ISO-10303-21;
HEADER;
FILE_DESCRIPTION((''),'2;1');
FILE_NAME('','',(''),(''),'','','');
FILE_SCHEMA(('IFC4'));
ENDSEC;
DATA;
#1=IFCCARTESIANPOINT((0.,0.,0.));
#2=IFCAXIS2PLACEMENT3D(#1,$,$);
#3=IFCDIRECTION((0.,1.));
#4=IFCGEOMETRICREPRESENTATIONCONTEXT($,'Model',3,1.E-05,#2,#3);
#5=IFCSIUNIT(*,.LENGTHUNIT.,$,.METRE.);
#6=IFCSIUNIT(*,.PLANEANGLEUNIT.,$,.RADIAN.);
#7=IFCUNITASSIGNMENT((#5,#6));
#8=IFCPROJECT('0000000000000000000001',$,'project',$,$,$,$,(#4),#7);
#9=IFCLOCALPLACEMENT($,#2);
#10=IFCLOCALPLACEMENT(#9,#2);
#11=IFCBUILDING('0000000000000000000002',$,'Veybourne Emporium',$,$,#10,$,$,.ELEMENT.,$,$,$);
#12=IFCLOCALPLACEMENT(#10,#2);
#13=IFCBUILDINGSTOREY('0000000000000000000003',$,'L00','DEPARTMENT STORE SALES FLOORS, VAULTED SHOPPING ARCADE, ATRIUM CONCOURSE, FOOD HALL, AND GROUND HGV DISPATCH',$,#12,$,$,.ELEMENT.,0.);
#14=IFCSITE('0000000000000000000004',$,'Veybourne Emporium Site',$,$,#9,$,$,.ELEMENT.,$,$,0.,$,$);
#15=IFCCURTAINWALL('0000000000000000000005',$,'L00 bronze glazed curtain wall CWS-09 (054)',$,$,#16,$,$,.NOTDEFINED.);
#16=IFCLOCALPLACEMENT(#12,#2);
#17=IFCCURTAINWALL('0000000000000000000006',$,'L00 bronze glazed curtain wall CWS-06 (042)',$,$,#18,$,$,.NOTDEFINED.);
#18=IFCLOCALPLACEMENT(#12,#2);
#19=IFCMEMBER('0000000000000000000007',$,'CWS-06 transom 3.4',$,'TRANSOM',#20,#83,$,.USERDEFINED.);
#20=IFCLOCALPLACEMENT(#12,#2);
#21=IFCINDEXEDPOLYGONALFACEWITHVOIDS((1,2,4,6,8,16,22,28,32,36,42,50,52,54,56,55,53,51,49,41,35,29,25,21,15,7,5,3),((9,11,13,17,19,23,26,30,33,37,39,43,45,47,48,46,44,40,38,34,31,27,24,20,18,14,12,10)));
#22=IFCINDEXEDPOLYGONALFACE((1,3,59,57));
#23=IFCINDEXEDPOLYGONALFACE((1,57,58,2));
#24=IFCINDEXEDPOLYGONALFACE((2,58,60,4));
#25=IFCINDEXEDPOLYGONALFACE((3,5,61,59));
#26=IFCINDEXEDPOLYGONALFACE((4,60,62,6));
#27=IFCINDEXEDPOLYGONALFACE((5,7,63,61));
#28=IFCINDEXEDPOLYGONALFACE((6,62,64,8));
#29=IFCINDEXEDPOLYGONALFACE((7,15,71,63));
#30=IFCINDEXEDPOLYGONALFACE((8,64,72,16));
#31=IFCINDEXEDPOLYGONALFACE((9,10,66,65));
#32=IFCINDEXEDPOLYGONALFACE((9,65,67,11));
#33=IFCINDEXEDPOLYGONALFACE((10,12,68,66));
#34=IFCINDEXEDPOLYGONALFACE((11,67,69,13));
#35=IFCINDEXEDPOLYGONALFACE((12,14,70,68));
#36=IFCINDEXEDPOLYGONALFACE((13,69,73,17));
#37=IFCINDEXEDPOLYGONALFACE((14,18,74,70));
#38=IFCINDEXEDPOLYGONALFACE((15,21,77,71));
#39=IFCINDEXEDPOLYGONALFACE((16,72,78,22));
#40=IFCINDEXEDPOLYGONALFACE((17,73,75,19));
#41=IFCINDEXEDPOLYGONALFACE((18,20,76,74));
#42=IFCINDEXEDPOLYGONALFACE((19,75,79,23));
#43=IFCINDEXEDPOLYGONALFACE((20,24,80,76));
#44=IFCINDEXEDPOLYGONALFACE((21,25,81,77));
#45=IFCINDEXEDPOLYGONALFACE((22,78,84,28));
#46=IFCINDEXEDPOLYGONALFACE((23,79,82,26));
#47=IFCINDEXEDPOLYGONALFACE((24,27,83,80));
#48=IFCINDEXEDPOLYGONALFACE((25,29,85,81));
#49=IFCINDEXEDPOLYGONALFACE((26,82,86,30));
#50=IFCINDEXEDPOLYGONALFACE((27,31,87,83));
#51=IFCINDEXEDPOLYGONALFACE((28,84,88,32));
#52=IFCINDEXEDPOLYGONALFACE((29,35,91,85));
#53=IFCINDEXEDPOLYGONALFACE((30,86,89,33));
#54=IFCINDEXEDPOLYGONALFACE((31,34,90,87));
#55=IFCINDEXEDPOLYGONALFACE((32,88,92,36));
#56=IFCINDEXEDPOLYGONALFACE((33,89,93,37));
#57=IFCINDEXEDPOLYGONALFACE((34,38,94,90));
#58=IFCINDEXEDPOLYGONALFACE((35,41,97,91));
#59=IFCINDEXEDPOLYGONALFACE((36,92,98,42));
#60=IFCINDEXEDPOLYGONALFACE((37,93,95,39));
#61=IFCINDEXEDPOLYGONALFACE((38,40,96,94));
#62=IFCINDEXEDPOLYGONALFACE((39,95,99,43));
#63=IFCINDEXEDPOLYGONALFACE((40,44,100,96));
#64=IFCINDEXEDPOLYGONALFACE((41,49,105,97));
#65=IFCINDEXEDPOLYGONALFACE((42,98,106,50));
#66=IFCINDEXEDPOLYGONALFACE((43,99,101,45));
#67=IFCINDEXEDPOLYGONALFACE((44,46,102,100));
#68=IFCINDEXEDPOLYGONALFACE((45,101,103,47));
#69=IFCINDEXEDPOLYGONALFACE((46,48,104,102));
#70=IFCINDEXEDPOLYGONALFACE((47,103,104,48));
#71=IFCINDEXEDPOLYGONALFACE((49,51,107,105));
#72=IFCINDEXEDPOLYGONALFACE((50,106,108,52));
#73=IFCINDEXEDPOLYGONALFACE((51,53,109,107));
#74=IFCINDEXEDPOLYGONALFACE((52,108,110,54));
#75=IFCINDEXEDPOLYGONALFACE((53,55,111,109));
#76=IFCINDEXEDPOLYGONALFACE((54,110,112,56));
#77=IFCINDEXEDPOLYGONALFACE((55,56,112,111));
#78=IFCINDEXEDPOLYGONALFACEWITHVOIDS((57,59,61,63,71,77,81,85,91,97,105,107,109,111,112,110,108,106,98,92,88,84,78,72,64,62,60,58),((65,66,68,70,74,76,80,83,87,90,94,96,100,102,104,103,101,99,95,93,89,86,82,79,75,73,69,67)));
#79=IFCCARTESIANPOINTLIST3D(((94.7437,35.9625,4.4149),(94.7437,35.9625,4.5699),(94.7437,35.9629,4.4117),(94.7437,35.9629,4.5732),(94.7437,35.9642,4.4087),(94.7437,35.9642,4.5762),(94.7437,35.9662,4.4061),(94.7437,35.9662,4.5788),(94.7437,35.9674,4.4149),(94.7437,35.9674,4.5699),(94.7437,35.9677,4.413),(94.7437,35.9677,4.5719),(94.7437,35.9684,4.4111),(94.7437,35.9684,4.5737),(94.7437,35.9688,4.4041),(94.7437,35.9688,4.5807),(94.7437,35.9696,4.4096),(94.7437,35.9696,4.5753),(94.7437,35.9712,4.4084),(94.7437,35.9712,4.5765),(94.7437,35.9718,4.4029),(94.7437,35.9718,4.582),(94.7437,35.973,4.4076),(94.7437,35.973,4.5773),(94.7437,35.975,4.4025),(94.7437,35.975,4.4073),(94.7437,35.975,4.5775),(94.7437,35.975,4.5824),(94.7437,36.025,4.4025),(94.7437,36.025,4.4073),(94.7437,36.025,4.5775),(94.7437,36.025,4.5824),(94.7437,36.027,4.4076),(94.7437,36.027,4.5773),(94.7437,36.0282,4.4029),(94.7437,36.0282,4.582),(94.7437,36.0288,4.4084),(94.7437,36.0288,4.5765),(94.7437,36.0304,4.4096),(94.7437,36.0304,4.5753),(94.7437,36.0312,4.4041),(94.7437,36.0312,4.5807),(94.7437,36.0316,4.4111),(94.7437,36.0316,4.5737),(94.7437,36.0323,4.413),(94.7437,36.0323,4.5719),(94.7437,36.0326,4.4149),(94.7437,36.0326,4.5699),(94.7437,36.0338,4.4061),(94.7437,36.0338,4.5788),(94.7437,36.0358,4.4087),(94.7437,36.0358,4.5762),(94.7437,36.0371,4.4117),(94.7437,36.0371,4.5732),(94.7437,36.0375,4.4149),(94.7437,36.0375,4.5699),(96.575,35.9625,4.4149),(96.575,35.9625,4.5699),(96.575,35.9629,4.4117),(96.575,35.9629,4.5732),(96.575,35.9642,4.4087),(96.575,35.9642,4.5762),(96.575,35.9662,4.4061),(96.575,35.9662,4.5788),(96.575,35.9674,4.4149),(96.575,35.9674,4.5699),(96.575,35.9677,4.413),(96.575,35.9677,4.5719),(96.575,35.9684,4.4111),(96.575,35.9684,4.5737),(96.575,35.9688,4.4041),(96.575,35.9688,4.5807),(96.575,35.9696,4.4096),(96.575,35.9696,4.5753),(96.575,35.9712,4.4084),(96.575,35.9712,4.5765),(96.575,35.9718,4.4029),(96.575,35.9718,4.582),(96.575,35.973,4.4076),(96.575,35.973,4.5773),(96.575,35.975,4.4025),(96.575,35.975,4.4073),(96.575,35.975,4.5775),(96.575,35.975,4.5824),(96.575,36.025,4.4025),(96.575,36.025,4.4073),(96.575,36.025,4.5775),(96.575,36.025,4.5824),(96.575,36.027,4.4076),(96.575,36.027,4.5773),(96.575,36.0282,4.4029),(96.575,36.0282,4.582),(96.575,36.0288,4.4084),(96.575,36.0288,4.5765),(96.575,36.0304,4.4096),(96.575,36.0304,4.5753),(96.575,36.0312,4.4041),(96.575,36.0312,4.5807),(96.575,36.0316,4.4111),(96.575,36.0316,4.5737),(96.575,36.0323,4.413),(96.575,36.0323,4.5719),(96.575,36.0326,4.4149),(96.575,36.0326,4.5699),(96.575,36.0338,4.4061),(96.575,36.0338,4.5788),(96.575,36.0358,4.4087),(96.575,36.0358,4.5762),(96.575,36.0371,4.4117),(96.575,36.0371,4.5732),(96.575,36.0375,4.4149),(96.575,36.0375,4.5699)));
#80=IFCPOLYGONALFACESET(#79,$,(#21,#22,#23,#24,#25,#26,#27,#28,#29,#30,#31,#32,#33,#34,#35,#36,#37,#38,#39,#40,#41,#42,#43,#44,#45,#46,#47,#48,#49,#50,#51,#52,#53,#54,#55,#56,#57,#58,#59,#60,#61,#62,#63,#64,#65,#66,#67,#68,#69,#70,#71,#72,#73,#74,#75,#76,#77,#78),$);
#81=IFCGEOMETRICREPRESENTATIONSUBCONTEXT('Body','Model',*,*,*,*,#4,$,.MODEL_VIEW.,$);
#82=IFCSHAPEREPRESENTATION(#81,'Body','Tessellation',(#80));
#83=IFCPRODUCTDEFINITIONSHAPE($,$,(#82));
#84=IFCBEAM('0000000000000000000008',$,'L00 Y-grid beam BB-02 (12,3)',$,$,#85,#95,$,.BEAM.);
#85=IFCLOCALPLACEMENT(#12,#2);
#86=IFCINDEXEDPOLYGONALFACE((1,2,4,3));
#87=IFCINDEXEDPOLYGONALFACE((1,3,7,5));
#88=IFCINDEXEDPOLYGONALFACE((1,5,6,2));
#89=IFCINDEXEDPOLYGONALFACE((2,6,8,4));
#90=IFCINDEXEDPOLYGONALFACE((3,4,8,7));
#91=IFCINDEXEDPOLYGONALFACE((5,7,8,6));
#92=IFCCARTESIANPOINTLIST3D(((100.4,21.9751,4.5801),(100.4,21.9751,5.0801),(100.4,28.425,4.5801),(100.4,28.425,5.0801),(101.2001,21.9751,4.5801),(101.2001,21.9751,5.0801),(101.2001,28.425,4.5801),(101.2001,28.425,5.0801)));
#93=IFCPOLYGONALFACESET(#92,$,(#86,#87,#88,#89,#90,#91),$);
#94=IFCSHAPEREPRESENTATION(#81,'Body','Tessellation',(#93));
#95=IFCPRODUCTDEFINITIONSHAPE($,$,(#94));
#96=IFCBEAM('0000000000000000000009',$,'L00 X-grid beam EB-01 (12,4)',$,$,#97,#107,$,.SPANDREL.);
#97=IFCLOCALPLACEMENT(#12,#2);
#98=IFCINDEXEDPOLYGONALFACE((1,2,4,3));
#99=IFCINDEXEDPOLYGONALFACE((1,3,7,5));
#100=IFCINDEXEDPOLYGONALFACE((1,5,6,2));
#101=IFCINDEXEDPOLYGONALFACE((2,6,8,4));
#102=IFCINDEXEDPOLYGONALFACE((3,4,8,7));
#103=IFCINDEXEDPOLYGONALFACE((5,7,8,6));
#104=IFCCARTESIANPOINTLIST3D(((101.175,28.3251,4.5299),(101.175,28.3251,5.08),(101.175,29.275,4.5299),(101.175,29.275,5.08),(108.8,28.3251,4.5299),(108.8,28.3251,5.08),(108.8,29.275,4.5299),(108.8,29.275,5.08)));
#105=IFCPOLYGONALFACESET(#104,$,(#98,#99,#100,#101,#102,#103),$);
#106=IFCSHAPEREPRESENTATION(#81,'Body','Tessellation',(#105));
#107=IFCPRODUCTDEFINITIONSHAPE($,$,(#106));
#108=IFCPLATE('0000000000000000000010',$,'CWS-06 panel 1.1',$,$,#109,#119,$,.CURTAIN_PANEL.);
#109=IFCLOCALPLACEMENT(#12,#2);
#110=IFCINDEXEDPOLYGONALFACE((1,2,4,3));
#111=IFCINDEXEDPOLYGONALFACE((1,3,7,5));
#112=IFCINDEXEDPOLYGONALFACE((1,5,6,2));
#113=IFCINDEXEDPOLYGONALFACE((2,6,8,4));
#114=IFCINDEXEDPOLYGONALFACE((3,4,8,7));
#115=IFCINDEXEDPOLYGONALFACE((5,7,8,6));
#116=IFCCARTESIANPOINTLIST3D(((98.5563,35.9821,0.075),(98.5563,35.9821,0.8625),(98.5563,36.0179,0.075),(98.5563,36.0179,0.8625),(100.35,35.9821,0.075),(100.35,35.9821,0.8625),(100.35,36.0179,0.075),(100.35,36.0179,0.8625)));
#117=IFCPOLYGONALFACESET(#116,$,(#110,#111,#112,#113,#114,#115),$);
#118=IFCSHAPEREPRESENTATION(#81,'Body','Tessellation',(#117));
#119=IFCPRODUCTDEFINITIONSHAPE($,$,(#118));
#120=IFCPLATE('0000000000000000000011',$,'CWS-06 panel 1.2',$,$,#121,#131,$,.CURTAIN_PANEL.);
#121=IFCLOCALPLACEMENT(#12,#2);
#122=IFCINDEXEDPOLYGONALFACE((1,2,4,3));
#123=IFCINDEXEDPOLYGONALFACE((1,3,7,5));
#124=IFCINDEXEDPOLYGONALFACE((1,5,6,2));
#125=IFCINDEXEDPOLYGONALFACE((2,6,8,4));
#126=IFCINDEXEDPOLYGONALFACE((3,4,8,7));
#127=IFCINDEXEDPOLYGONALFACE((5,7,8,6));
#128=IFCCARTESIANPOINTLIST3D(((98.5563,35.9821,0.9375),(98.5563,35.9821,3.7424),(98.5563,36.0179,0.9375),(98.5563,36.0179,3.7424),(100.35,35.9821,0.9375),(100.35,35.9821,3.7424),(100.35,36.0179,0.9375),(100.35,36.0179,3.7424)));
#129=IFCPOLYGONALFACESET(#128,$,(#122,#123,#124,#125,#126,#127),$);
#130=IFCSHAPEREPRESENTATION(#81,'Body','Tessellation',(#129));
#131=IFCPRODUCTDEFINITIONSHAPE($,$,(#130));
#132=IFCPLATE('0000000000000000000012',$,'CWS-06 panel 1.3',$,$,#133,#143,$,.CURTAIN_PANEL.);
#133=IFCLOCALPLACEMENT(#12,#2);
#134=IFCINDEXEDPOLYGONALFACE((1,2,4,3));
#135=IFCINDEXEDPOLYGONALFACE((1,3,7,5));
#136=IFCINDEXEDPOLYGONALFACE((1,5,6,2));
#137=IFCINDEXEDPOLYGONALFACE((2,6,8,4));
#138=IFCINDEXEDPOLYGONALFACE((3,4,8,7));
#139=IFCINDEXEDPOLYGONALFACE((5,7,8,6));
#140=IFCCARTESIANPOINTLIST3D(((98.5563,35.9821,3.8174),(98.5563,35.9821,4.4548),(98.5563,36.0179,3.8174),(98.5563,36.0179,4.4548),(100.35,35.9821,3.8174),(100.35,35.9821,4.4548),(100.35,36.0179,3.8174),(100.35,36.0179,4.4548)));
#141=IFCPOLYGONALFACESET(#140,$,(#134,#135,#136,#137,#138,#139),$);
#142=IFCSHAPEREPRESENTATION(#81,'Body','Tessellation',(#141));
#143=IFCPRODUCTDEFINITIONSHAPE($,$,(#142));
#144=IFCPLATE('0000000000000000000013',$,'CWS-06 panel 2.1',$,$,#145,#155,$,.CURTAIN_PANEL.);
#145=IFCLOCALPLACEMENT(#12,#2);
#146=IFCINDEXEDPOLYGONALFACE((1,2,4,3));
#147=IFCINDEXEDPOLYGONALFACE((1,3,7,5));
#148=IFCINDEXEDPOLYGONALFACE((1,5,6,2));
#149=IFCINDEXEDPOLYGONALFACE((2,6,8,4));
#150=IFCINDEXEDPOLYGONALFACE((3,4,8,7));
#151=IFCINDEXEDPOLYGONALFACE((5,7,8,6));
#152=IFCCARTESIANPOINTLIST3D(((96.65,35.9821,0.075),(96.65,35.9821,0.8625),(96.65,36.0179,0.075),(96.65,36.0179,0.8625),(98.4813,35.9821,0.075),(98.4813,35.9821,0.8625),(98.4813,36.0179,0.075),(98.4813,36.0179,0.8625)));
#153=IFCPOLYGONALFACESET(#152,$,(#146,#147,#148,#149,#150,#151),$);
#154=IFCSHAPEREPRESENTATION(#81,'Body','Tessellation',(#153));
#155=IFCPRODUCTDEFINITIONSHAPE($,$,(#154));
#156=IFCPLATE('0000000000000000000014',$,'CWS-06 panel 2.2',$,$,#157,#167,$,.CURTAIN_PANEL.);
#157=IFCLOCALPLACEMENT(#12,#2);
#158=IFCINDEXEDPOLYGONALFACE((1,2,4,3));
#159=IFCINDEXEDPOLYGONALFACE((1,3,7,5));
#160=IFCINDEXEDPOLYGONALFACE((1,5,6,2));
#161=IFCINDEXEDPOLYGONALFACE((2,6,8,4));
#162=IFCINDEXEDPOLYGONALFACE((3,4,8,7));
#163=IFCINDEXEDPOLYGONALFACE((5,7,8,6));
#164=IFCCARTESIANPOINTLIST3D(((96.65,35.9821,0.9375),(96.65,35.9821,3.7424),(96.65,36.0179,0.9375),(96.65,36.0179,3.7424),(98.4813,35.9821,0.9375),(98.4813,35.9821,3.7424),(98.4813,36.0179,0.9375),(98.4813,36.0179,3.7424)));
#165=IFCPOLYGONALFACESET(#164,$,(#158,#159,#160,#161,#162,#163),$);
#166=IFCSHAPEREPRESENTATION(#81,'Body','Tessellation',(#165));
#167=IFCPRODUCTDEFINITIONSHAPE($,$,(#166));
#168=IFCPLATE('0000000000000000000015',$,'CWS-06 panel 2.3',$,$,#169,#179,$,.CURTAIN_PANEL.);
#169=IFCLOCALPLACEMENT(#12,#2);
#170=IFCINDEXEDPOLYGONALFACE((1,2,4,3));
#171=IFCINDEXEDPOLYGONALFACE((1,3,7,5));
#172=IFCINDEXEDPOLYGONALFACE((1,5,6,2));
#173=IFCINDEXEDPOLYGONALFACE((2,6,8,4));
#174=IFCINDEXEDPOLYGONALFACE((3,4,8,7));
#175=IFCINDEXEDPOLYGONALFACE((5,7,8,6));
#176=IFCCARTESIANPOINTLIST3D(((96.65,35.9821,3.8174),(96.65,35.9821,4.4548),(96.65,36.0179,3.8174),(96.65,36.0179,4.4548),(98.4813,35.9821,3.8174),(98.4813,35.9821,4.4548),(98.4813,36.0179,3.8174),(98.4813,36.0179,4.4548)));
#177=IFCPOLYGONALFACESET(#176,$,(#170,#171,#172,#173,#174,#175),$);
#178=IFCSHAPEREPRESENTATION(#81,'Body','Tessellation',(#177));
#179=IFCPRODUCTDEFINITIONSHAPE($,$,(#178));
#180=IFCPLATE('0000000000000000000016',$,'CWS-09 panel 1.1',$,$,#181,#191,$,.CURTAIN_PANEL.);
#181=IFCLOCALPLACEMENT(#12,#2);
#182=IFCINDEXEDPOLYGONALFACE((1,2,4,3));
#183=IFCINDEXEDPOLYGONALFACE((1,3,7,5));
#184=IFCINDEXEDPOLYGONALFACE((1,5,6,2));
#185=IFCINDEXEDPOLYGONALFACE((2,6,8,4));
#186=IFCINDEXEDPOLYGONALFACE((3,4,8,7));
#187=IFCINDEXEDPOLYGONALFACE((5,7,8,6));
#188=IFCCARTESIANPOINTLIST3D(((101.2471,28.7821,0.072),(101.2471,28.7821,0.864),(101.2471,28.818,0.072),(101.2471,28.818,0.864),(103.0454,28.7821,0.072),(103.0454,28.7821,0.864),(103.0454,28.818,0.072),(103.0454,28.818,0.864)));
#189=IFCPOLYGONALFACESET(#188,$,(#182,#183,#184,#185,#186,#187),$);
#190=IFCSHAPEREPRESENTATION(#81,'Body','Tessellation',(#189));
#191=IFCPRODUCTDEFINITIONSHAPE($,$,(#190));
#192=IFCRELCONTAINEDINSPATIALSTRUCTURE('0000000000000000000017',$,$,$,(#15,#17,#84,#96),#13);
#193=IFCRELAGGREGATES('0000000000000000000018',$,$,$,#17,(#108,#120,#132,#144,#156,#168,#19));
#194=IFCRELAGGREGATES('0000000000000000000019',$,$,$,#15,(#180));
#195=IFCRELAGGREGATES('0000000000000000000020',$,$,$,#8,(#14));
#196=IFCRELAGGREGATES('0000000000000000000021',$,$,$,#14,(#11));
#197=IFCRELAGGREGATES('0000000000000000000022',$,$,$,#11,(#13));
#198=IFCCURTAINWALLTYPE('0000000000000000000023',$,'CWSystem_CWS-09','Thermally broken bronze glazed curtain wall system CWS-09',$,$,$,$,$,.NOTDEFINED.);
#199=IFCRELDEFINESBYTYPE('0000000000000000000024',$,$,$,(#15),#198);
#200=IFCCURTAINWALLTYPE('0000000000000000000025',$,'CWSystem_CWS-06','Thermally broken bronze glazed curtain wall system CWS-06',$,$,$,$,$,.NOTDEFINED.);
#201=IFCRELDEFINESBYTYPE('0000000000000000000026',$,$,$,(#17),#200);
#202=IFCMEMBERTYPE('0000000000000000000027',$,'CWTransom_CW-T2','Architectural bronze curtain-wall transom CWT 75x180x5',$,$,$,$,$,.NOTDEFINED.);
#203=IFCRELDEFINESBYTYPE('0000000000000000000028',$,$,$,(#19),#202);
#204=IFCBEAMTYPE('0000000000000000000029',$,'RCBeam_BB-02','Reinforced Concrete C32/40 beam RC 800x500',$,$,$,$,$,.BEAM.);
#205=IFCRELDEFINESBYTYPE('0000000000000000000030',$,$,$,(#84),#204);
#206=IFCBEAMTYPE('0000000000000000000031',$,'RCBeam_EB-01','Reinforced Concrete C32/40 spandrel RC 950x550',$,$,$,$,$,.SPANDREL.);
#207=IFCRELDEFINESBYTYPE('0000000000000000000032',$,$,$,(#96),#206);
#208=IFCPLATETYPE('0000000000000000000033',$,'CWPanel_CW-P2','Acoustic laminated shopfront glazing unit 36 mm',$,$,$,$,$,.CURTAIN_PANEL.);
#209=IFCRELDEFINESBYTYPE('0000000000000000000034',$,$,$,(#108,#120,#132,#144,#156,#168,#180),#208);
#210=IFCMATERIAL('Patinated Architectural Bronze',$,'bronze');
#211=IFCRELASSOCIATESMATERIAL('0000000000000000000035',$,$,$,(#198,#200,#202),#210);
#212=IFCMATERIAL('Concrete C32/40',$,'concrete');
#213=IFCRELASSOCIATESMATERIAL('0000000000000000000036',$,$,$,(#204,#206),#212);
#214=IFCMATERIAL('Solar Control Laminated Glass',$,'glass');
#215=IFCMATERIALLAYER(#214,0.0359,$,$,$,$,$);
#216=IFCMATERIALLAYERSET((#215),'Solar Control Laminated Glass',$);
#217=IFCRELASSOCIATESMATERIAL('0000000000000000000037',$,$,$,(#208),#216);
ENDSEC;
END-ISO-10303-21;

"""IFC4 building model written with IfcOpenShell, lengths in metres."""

from ifc_helpers import new_model, si_unit, direction, frame, origin, origin_2d, place, context, subcontext, project, spatial, rectangle, hollow_rectangle, extrude, material, layer, layer_set, material_profile, profile_set, type_object, element, aggregate, save


model = new_model("IFC4")

# Units and contexts
model_context = context("Model", 3, precision=1e-05, world=origin(), true_north=direction((0.0, 1.0)))
body_context = subcontext(model_context, "Body", "Model", "MODEL_VIEW")
ifc_project = project(units=[si_unit("LENGTHUNIT", "METRE"), si_unit("PLANEANGLEUNIT", "RADIAN")], contexts=[model_context])

# Site, building, storey
site_placement = place(None, origin())
site = spatial("IfcSite", under=ifc_project, at=site_placement, Name="Veybourne Emporium Site", CompositionType="ELEMENT", RefElevation=0.0)
building_placement = place(site_placement, origin())
building = spatial("IfcBuilding", under=site, at=building_placement, Name="Veybourne Emporium", CompositionType="ELEMENT")
storey_placement = place(building_placement, origin())
storey = spatial("IfcBuildingStorey", under=building, at=storey_placement, Name="L00", Description="DEPARTMENT STORE SALES FLOORS, VAULTED SHOPPING ARCADE, ATRIUM CONCOURSE, FOOD HALL, AND GROUND HGV DISPATCH", CompositionType="ELEMENT", Elevation=0.0)

# Curtain walls
ifc_material_1 = material(Name="Patinated Architectural Bronze", Category="bronze")
curtain_wall_type_1 = type_object("IfcCurtainWallType", Name="CWSystem_CWS-09", Description="Thermally broken bronze glazed curtain wall system CWS-09", PredefinedType="NOTDEFINED", material=ifc_material_1)
curtain_wall_1_placement = place(storey_placement, origin())
curtain_wall_1 = element("IfcCurtainWall", 1, at=curtain_wall_1_placement, inside=storey, type_object=curtain_wall_type_1, Name="L00 bronze glazed curtain wall CWS-09 (054)", PredefinedType="NOTDEFINED")
curtain_wall_type_2 = type_object("IfcCurtainWallType", Name="CWSystem_CWS-06", Description="Thermally broken bronze glazed curtain wall system CWS-06", PredefinedType="NOTDEFINED", material=ifc_material_1)
curtain_wall_2_placement = place(storey_placement, origin())
curtain_wall_2 = element("IfcCurtainWall", 2, at=curtain_wall_2_placement, inside=storey, type_object=curtain_wall_type_2, Name="L00 bronze glazed curtain wall CWS-06 (042)", PredefinedType="NOTDEFINED")

# Member
ifc_material_profile_1 = material_profile(ifc_material_1, hollow_rectangle(XDim=0.075, YDim=0.1799, WallThickness=0.0049, InnerFilletRadius=0.0076, OuterFilletRadius=0.0125, at=origin_2d()), Name="CWT 75x180x5")
ifc_profile_set_1 = profile_set([ifc_material_profile_1], Name="Patinated Architectural Bronze")
member_type_1 = type_object("IfcMemberType", Name="CWTransom_CW-T2", Description="Architectural bronze curtain-wall transom CWT 75x180x5", PredefinedType="NOTDEFINED", material=ifc_profile_set_1)
member_1_placement = place(storey_placement, frame((96.575, 36.0, 4.4924), z_axis=(-1.0, 0.0, 0.0), x_axis=(0.0, -1.0, 0.0)))
member_1 = element("IfcMember", 3, at=member_1_placement, type_object=member_type_1, Name="CWS-06 transom 3.4", ObjectType="TRANSOM", PredefinedType="USERDEFINED", context=body_context, shape_type="SweptSolid", body=[
    extrude(hollow_rectangle(XDim=0.075, YDim=0.1799, WallThickness=0.0049, InnerFilletRadius=0.0076, OuterFilletRadius=0.0125, at=origin_2d()), origin(), (0.0, 0.0, 1.0), 1.8313),
])

# Beams
ifc_material_2 = material(Name="Concrete C32/40", Category="concrete")
ifc_material_profile_2 = material_profile(ifc_material_2, rectangle(XDim=0.8, YDim=0.5, at=origin_2d()), Name="RC 800x500")
ifc_profile_set_2 = profile_set([ifc_material_profile_2], Name="Concrete C32/40")
beam_type_1 = type_object("IfcBeamType", Name="RCBeam_BB-02", Description="Reinforced Concrete C32/40 beam RC 800x500", PredefinedType="BEAM", material=ifc_profile_set_2)
beam_1_placement = place(storey_placement, frame((100.8, 21.9751, 4.8301), z_axis=(0.0, 1.0, 0.0), x_axis=(-1.0, 0.0, 0.0)))
element("IfcBeam", 4, at=beam_1_placement, inside=storey, type_object=beam_type_1, Name="L00 Y-grid beam BB-02 (12,3)", PredefinedType="BEAM", context=body_context, shape_type="SweptSolid", body=[
    extrude(rectangle(XDim=0.8, YDim=0.5, at=origin_2d()), origin(), (0.0, 0.0, 1.0), 6.45),
])
ifc_material_profile_3 = material_profile(ifc_material_2, rectangle(XDim=0.95, YDim=0.55, at=origin_2d()), Name="RC 950x550")
ifc_profile_set_3 = profile_set([ifc_material_profile_3], Name="Concrete C32/40")
beam_type_2 = type_object("IfcBeamType", Name="RCBeam_EB-01", Description="Reinforced Concrete C32/40 spandrel RC 950x550", PredefinedType="SPANDREL", material=ifc_profile_set_3)
beam_2_placement = place(storey_placement, frame((101.175, 28.8, 4.8049), z_axis=(1.0, 0.0, 0.0), x_axis=(0.0, 1.0, 0.0)))
element("IfcBeam", 5, at=beam_2_placement, inside=storey, type_object=beam_type_2, Name="L00 X-grid beam EB-01 (12,4)", PredefinedType="SPANDREL", context=body_context, shape_type="SweptSolid", body=[
    extrude(rectangle(XDim=0.95, YDim=0.55, at=origin_2d()), origin(), (0.0, 0.0, 1.0), 7.625),
])

# Plates
ifc_material_3 = material(Name="Solar Control Laminated Glass", Category="glass")
ifc_layer_1 = layer(ifc_material_3, 0.0359)
ifc_layer_set_1 = layer_set([ifc_layer_1], Name="Solar Control Laminated Glass")
plate_type = type_object("IfcPlateType", Name="CWPanel_CW-P2", Description="Acoustic laminated shopfront glazing unit 36 mm", PredefinedType="CURTAIN_PANEL", material=ifc_layer_set_1)
plate_1_placement = place(storey_placement, frame((99.4531, 36.0, 0.075), z_axis=(0.0, 0.0, 1.0), x_axis=(-1.0, 0.0, 0.0)))
plate_1 = element("IfcPlate", 6, at=plate_1_placement, type_object=plate_type, Name="CWS-06 panel 1.1", PredefinedType="CURTAIN_PANEL", context=body_context, shape_type="SweptSolid", body=[
    extrude(rectangle(XDim=1.7937, YDim=0.0359, at=origin_2d()), origin(), (0.0, 0.0, 1.0), 0.7876),
])
plate_2_placement = place(storey_placement, frame((99.4531, 36.0, 0.9375), z_axis=(0.0, 0.0, 1.0), x_axis=(-1.0, 0.0, 0.0)))
plate_2 = element("IfcPlate", 7, at=plate_2_placement, type_object=plate_type, Name="CWS-06 panel 1.2", PredefinedType="CURTAIN_PANEL", context=body_context, shape_type="SweptSolid", body=[
    extrude(rectangle(XDim=1.7937, YDim=0.0359, at=origin_2d()), origin(), (0.0, 0.0, 1.0), 2.8049),
])
plate_3_placement = place(storey_placement, frame((99.4531, 36.0, 3.8174), z_axis=(0.0, 0.0, 1.0), x_axis=(-1.0, 0.0, 0.0)))
plate_3 = element("IfcPlate", 8, at=plate_3_placement, type_object=plate_type, Name="CWS-06 panel 1.3", PredefinedType="CURTAIN_PANEL", context=body_context, shape_type="SweptSolid", body=[
    extrude(rectangle(XDim=1.7937, YDim=0.0359, at=origin_2d()), origin(), (0.0, 0.0, 1.0), 0.6375),
])
plate_4_placement = place(storey_placement, frame((97.5657, 36.0, 0.075), z_axis=(0.0, 0.0, 1.0), x_axis=(-1.0, 0.0, 0.0)))
plate_4 = element("IfcPlate", 9, at=plate_4_placement, type_object=plate_type, Name="CWS-06 panel 2.1", PredefinedType="CURTAIN_PANEL", context=body_context, shape_type="SweptSolid", body=[
    extrude(rectangle(XDim=1.8313, YDim=0.0359, at=origin_2d()), origin(), (0.0, 0.0, 1.0), 0.7876),
])
plate_5_placement = place(storey_placement, frame((97.5657, 36.0, 0.9375), z_axis=(0.0, 0.0, 1.0), x_axis=(-1.0, 0.0, 0.0)))
plate_5 = element("IfcPlate", 10, at=plate_5_placement, type_object=plate_type, Name="CWS-06 panel 2.2", PredefinedType="CURTAIN_PANEL", context=body_context, shape_type="SweptSolid", body=[
    extrude(rectangle(XDim=1.8313, YDim=0.0359, at=origin_2d()), origin(), (0.0, 0.0, 1.0), 2.8049),
])
plate_6_placement = place(storey_placement, frame((97.5657, 36.0, 3.8174), z_axis=(0.0, 0.0, 1.0), x_axis=(-1.0, 0.0, 0.0)))
plate_6 = element("IfcPlate", 11, at=plate_6_placement, type_object=plate_type, Name="CWS-06 panel 2.3", PredefinedType="CURTAIN_PANEL", context=body_context, shape_type="SweptSolid", body=[
    extrude(rectangle(XDim=1.8313, YDim=0.0359, at=origin_2d()), origin(), (0.0, 0.0, 1.0), 0.6375),
])
aggregate(curtain_wall_2, [plate_1, plate_2, plate_3, plate_4, plate_5, plate_6, member_1])
plate_7_placement = place(storey_placement, frame((102.1462, 28.8, 0.072), z_axis=(0.0, 0.0, 1.0), x_axis=(1.0, 0.0, 0.0)))
plate_7 = element("IfcPlate", 12, at=plate_7_placement, type_object=plate_type, Name="CWS-09 panel 1.1", PredefinedType="CURTAIN_PANEL", context=body_context, shape_type="SweptSolid", body=[
    extrude(rectangle(XDim=1.7983, YDim=0.0359, at=origin_2d()), origin(), (0.0, 0.0, 1.0), 0.792),
])
aggregate(curtain_wall_1, [plate_7])

save(model, "model.ifc")
